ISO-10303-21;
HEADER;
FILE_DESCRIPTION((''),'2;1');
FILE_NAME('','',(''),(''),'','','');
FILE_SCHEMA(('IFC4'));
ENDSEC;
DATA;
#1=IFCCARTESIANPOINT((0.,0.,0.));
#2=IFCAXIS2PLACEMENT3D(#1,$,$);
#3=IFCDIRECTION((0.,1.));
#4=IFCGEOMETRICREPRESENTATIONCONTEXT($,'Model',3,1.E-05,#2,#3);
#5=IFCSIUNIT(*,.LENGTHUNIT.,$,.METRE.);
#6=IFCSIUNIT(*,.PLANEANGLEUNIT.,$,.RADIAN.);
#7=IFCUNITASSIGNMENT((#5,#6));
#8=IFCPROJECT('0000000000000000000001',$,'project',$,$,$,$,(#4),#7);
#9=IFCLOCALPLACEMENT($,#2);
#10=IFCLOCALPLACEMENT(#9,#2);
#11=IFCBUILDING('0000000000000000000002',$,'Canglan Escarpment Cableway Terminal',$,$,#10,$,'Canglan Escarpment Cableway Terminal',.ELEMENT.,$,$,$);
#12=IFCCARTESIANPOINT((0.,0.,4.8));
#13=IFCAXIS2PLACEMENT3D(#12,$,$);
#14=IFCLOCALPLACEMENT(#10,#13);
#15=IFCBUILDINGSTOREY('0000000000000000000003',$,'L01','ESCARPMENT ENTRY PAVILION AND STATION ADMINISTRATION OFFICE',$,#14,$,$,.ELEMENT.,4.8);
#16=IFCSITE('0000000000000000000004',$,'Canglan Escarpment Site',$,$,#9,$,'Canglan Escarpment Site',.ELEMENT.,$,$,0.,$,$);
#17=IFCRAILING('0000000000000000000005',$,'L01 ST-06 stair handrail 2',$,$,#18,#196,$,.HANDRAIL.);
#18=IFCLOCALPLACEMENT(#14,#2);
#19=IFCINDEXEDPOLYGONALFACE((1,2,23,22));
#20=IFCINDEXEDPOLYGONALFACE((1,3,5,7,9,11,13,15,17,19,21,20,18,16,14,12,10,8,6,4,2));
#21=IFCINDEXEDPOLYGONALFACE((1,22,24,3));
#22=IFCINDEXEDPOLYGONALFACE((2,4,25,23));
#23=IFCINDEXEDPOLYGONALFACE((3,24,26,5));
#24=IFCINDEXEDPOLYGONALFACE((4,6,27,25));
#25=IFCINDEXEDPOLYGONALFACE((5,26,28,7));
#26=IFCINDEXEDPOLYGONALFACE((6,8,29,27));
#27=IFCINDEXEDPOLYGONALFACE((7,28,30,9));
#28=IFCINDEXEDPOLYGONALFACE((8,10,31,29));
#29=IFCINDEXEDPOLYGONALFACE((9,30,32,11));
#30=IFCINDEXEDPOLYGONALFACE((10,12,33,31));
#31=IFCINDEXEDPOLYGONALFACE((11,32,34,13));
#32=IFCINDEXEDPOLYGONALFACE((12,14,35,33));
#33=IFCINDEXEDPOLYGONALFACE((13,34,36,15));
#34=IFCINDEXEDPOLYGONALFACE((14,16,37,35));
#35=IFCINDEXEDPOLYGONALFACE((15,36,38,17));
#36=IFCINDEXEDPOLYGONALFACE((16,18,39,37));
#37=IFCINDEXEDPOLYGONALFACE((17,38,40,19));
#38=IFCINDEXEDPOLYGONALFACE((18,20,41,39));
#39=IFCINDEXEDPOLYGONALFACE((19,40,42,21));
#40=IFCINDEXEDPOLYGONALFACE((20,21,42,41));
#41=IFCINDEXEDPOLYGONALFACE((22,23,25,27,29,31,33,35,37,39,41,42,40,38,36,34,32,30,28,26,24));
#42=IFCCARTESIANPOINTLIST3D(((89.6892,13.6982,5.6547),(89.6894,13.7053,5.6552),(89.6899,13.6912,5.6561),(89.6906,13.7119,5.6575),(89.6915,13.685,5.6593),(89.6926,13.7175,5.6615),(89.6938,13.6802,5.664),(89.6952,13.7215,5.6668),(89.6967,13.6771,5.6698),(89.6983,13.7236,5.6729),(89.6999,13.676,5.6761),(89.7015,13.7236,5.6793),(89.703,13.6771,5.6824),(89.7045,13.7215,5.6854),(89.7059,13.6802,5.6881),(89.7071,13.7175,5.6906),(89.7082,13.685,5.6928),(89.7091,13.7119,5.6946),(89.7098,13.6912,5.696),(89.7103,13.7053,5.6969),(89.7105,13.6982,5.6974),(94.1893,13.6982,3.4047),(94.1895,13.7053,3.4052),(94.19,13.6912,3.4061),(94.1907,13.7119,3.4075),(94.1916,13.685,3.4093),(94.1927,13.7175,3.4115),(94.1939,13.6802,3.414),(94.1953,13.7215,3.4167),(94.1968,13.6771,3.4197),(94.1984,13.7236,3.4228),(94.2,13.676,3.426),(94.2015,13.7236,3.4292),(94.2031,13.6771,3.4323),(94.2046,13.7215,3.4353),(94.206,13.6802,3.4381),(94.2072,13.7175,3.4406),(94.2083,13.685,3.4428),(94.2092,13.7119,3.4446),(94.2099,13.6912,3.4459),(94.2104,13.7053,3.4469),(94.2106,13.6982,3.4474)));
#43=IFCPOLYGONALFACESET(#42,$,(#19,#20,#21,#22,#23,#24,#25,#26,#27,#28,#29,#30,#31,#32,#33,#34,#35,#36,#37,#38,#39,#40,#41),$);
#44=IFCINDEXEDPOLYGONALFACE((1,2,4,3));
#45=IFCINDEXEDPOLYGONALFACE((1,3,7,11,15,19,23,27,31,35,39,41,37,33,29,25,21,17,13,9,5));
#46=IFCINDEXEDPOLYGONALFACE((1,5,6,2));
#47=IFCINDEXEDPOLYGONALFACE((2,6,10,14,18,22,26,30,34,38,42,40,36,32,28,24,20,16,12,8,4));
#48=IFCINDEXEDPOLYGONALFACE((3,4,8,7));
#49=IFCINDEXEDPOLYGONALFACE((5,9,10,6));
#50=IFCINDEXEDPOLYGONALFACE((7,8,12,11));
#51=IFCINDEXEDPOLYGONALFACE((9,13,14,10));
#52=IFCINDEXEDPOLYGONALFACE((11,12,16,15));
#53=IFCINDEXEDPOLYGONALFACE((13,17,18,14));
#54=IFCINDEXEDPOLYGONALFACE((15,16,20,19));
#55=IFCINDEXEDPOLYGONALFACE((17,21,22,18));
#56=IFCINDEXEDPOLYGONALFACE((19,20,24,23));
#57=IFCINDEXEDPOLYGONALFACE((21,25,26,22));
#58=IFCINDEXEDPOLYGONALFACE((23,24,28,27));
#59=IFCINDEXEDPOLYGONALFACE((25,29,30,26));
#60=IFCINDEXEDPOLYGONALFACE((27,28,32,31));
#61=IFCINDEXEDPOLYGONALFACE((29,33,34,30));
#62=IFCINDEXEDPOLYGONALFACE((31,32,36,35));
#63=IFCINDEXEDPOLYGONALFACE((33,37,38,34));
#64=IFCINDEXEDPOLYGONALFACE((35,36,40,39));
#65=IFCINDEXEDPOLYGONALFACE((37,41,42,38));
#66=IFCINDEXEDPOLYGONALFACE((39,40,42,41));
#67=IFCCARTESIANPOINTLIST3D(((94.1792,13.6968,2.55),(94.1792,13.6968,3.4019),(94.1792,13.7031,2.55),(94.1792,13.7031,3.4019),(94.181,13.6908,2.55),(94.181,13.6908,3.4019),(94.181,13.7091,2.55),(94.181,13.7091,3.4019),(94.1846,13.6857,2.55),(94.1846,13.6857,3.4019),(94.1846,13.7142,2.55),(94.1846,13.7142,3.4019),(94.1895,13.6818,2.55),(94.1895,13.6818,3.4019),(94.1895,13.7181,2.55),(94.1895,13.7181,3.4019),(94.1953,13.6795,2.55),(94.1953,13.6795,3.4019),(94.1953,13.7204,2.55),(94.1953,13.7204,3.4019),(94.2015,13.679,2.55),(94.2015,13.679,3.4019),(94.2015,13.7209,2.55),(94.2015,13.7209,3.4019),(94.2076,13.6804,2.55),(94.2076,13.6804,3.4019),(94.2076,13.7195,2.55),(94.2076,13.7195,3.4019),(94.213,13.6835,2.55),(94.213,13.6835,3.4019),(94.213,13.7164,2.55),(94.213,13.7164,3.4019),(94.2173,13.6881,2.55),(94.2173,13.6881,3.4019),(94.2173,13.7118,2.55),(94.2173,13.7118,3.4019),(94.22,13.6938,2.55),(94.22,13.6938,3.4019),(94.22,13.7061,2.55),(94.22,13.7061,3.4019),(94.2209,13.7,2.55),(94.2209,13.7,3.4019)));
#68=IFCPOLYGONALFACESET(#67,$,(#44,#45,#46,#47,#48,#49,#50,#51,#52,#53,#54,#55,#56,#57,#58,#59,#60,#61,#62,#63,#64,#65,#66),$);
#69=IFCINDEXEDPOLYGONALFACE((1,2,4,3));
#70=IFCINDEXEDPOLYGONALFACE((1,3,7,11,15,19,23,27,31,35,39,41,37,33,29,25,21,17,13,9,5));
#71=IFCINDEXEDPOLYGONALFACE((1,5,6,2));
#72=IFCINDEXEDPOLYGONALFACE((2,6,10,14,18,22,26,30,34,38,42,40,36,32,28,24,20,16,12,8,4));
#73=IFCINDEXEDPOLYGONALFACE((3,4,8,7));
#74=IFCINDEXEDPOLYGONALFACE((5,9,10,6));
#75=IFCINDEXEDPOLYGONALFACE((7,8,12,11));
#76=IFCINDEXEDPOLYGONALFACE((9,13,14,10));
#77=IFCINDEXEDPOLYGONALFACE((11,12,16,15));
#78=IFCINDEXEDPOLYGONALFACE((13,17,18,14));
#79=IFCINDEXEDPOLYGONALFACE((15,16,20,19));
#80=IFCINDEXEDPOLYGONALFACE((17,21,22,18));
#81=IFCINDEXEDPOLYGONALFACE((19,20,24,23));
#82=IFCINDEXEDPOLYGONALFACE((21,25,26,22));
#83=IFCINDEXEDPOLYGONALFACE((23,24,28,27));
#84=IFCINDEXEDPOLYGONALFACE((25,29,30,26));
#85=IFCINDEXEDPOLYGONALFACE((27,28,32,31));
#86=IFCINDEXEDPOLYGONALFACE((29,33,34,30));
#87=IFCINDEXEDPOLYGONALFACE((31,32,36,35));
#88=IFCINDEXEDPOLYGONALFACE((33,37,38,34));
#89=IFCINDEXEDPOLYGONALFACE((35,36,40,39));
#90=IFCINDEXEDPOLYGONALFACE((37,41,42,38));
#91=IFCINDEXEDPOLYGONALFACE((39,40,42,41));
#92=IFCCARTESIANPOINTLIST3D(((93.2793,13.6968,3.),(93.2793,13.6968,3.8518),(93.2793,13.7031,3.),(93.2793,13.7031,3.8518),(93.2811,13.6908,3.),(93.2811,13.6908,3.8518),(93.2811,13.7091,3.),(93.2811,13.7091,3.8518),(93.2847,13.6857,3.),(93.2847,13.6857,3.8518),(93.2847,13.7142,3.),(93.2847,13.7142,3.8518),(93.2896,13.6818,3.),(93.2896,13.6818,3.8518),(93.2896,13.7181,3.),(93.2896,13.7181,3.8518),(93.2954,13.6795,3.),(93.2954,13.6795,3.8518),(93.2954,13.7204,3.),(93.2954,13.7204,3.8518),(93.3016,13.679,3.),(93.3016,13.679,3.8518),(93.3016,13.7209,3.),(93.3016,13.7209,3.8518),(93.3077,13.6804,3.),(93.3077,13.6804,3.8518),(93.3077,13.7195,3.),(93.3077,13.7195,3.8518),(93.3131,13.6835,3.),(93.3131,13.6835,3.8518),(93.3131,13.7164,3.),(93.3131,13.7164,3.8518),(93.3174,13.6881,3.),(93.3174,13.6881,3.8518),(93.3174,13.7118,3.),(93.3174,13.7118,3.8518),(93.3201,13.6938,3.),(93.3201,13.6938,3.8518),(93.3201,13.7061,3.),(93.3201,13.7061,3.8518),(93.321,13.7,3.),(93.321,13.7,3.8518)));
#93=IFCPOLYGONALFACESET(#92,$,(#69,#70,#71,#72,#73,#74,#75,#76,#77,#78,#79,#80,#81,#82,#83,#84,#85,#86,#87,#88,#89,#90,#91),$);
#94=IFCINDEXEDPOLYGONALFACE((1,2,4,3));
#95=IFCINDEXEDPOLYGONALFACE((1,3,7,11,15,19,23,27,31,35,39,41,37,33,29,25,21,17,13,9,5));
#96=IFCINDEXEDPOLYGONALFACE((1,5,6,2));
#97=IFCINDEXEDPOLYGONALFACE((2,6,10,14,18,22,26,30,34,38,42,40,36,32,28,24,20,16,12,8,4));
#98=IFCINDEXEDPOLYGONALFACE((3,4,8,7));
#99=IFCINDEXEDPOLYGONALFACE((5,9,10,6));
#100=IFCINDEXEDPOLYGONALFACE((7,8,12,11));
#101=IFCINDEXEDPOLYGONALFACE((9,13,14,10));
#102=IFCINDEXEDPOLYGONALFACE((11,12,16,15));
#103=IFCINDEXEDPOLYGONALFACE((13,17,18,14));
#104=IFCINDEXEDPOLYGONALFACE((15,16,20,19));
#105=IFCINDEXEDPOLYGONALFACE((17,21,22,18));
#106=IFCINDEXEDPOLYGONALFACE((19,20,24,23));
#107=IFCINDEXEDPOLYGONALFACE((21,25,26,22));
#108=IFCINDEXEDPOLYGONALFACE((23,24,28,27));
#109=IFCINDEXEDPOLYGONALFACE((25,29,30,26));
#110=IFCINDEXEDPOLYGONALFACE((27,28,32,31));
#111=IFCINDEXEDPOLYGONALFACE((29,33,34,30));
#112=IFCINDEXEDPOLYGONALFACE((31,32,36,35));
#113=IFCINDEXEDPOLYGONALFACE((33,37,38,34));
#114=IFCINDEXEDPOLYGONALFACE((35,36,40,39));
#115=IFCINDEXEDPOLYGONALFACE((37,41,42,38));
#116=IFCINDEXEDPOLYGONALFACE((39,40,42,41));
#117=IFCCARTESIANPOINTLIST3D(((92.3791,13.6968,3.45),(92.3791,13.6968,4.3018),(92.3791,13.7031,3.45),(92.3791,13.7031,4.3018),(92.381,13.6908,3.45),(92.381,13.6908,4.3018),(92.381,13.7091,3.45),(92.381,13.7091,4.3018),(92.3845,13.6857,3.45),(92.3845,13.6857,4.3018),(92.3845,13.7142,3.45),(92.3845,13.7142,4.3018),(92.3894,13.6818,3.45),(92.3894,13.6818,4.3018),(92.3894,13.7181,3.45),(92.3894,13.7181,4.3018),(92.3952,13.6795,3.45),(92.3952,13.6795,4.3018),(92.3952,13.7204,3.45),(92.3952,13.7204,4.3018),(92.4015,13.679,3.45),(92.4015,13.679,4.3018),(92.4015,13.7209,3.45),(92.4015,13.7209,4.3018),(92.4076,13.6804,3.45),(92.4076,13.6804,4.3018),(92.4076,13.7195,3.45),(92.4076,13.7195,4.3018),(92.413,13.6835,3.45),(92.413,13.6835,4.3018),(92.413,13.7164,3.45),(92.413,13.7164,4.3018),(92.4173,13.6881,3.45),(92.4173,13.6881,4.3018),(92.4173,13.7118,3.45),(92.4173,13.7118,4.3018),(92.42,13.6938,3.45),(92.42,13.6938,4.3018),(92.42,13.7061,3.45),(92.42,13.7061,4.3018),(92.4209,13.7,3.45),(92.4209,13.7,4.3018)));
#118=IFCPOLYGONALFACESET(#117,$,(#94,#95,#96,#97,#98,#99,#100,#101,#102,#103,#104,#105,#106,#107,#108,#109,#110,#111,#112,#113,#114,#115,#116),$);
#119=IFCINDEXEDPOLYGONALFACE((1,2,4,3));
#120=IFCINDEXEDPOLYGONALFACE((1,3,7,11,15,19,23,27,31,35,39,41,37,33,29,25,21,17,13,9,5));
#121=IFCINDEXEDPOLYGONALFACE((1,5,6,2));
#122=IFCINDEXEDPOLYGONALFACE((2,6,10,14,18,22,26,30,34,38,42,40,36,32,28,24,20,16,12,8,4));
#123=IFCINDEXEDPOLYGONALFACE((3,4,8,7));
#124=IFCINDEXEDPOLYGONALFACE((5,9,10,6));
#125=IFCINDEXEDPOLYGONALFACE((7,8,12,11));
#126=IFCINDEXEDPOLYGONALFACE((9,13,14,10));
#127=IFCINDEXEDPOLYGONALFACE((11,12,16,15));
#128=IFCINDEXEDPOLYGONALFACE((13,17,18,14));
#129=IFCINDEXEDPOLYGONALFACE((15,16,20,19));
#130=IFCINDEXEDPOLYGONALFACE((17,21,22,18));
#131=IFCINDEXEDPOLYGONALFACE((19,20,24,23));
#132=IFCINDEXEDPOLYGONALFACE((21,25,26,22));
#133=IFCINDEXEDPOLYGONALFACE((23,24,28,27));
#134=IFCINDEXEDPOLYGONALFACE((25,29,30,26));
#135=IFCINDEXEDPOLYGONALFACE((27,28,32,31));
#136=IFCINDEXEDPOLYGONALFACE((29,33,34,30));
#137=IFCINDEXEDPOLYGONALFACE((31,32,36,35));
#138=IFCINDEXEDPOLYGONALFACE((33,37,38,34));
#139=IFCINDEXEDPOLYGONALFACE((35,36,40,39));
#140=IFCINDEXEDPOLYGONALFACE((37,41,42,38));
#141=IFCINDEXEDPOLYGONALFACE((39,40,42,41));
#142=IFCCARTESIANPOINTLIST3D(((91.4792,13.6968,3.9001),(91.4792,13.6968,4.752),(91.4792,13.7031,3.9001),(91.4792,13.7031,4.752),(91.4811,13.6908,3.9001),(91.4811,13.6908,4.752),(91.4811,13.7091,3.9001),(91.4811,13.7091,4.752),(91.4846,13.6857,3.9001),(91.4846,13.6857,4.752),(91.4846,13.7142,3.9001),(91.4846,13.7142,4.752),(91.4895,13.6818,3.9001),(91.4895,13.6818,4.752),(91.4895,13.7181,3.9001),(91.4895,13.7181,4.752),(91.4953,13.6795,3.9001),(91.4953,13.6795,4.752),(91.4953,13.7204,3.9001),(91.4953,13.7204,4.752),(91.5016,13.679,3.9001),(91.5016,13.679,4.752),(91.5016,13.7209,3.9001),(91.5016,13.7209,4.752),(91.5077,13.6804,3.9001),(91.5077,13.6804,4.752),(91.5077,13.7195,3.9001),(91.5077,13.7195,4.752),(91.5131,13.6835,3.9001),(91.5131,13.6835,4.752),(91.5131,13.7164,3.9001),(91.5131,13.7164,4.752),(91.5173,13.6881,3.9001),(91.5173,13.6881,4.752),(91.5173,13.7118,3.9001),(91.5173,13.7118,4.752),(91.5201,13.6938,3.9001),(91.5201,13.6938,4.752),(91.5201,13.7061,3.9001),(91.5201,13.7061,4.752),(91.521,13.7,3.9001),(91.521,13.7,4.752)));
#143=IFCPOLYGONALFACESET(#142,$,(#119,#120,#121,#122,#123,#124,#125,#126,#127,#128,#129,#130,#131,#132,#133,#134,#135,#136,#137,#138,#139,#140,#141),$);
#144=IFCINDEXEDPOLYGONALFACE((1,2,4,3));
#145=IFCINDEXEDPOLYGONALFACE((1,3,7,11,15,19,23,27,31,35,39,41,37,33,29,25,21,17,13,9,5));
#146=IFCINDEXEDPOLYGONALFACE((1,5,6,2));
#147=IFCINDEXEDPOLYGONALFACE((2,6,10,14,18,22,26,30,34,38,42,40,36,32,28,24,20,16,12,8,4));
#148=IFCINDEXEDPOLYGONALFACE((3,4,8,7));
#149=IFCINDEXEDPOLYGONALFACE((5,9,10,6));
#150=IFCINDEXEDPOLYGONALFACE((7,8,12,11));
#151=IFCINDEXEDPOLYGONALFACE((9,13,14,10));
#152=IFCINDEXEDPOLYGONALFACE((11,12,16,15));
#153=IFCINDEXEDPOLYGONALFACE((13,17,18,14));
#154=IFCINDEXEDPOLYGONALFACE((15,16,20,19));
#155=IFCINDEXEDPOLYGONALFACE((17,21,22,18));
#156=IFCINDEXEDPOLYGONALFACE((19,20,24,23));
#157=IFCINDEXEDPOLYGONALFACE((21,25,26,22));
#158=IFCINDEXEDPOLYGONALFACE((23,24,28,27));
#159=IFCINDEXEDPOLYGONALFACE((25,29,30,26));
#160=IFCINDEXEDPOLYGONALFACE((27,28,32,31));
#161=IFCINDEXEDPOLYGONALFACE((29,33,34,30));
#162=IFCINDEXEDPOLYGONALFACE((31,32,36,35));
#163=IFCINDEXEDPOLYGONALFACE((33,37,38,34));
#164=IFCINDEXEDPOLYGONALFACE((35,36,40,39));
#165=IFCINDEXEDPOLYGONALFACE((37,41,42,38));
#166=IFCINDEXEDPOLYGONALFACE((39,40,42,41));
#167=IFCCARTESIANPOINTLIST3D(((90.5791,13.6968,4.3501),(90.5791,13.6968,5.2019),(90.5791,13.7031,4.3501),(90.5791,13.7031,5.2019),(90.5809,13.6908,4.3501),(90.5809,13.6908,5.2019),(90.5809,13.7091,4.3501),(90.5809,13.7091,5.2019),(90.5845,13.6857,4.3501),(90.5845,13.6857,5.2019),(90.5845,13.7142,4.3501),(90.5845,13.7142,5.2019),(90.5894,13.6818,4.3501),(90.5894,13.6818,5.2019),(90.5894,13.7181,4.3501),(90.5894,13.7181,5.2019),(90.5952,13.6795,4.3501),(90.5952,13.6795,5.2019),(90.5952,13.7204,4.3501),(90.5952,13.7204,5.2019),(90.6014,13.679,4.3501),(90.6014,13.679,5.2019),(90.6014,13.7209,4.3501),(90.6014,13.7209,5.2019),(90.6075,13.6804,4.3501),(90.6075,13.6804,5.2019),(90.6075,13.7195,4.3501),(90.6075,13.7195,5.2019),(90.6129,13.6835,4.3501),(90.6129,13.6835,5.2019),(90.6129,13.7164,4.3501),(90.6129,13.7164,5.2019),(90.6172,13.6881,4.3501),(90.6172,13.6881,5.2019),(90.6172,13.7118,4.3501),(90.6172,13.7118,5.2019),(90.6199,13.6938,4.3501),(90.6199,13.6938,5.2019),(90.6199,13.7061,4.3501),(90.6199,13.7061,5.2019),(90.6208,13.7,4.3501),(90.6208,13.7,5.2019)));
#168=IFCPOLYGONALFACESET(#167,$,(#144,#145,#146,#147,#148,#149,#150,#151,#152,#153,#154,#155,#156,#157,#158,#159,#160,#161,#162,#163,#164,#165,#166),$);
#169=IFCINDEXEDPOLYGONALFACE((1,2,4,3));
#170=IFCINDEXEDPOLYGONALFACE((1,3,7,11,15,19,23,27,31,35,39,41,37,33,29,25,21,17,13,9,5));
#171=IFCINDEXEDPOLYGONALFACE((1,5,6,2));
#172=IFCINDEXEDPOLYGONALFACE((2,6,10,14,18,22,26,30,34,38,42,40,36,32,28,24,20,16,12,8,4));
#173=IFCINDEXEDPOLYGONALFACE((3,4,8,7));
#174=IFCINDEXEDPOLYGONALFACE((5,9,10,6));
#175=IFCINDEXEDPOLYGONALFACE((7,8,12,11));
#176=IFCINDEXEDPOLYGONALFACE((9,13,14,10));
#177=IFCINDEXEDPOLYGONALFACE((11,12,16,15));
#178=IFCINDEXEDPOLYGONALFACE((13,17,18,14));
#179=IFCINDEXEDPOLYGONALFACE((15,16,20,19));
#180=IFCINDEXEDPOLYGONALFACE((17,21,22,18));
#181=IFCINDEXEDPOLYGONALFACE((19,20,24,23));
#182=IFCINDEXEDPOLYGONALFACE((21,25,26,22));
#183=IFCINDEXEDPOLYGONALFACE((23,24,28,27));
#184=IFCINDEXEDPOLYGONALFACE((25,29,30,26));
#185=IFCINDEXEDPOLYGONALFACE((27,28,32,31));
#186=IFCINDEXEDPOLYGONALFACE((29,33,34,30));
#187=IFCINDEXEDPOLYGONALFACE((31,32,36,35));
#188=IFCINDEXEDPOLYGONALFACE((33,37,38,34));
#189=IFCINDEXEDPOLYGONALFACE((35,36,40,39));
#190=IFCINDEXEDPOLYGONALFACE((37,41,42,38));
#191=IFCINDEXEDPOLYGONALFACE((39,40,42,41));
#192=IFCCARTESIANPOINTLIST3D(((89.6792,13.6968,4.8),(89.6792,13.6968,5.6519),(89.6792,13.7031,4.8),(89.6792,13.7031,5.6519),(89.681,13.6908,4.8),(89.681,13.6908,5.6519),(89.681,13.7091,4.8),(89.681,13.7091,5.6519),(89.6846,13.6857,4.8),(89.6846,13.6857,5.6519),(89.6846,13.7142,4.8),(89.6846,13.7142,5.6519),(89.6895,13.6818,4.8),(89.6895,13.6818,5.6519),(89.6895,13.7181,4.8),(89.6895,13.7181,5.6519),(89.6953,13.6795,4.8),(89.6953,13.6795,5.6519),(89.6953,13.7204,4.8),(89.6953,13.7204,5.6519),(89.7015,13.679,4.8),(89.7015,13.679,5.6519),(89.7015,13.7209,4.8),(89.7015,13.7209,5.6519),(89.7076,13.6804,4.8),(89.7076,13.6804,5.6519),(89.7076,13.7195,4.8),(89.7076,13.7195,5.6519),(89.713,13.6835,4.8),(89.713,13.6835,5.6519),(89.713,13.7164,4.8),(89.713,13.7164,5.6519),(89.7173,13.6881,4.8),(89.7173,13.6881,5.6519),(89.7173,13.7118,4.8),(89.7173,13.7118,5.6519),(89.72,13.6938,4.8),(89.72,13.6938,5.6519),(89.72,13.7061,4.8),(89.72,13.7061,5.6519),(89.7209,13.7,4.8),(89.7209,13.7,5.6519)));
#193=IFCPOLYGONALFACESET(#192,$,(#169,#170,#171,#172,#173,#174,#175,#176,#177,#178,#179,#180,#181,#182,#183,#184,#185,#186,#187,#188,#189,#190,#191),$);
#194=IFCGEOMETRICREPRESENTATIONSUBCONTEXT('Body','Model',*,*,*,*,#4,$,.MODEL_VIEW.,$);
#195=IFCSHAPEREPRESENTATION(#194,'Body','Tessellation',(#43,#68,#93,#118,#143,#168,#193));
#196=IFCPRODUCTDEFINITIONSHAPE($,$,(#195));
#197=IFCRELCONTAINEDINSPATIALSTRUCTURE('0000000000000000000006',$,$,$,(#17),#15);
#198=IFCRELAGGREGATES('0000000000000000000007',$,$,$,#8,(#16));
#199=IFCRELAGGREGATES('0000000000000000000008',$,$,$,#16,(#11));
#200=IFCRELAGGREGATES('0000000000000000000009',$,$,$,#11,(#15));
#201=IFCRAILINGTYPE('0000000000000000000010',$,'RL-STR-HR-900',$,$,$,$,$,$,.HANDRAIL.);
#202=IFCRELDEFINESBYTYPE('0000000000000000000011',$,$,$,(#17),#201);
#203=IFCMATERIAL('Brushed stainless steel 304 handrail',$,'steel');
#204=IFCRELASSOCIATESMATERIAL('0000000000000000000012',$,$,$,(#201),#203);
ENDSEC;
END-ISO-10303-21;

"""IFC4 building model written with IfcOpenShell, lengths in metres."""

from ifc_helpers import new_model, si_unit, direction, frame, origin, origin_2d, place, context, subcontext, project, spatial, circle, extrude, material, type_object, element, save


model = new_model("IFC4")

# Units and contexts
model_context = context("Model", 3, precision=1e-05, world=origin(), true_north=direction((0.0, 1.0)))
body_context = subcontext(model_context, "Body", "Model", "MODEL_VIEW")
ifc_project = project(units=[si_unit("LENGTHUNIT", "METRE"), si_unit("PLANEANGLEUNIT", "RADIAN")], contexts=[model_context])

# Site, building, storey
site_placement = place(None, origin())
site = spatial("IfcSite", under=ifc_project, at=site_placement, Name="Canglan Escarpment Site", LongName="Canglan Escarpment Site", CompositionType="ELEMENT", RefElevation=0.0)
building_placement = place(site_placement, origin())
building = spatial("IfcBuilding", under=site, at=building_placement, Name="Canglan Escarpment Cableway Terminal", LongName="Canglan Escarpment Cableway Terminal", CompositionType="ELEMENT")
storey_placement = place(building_placement, frame((0.0, 0.0, 4.8)))
storey = spatial("IfcBuildingStorey", under=building, at=storey_placement, Name="L01", Description="ESCARPMENT ENTRY PAVILION AND STATION ADMINISTRATION OFFICE", CompositionType="ELEMENT", Elevation=4.8)

# Railing
ifc_material_1 = material(Name="Brushed stainless steel 304 handrail", Category="steel")
railing_type_1 = type_object("IfcRailingType", Name="RL-STR-HR-900", PredefinedType="HANDRAIL", material=ifc_material_1)
railing_1_placement = place(storey_placement, frame((94.2, 13.7, 2.55)))
element("IfcRailing", 1, at=railing_1_placement, inside=storey, type_object=railing_type_1, Name="L01 ST-06 stair handrail 2", PredefinedType="HANDRAIL", context=body_context, shape_type="SweptSolid", body=[
    extrude(circle(Radius=0.0239, at=origin_2d()), frame((0.0, 0.0, 0.876), z_axis=(-0.894427, 0.0, 0.447214), x_axis=(0.0, -1.0, 0.0)), (0.0, 0.0, 1.0), 5.0312),
    extrude(circle(Radius=0.021, at=origin_2d()), origin(), (0.0, 0.0, 1.0), 0.8518),
    extrude(circle(Radius=0.021, at=origin_2d()), frame((-0.8999, 0.0, 0.45)), (0.0, 0.0, 1.0), 0.8518),
    extrude(circle(Radius=0.021, at=origin_2d()), frame((-1.8, 0.0, 0.8999)), (0.0, 0.0, 1.0), 0.8518),
    extrude(circle(Radius=0.021, at=origin_2d()), frame((-2.7, 0.0, 1.3501)), (0.0, 0.0, 1.0), 0.8518),
    extrude(circle(Radius=0.021, at=origin_2d()), frame((-3.6001, 0.0, 1.8)), (0.0, 0.0, 1.0), 0.8518),
    extrude(circle(Radius=0.021, at=origin_2d()), frame((-4.5, 0.0, 2.25)), (0.0, 0.0, 1.0), 0.8518),
])

save(model, "model.ifc")
